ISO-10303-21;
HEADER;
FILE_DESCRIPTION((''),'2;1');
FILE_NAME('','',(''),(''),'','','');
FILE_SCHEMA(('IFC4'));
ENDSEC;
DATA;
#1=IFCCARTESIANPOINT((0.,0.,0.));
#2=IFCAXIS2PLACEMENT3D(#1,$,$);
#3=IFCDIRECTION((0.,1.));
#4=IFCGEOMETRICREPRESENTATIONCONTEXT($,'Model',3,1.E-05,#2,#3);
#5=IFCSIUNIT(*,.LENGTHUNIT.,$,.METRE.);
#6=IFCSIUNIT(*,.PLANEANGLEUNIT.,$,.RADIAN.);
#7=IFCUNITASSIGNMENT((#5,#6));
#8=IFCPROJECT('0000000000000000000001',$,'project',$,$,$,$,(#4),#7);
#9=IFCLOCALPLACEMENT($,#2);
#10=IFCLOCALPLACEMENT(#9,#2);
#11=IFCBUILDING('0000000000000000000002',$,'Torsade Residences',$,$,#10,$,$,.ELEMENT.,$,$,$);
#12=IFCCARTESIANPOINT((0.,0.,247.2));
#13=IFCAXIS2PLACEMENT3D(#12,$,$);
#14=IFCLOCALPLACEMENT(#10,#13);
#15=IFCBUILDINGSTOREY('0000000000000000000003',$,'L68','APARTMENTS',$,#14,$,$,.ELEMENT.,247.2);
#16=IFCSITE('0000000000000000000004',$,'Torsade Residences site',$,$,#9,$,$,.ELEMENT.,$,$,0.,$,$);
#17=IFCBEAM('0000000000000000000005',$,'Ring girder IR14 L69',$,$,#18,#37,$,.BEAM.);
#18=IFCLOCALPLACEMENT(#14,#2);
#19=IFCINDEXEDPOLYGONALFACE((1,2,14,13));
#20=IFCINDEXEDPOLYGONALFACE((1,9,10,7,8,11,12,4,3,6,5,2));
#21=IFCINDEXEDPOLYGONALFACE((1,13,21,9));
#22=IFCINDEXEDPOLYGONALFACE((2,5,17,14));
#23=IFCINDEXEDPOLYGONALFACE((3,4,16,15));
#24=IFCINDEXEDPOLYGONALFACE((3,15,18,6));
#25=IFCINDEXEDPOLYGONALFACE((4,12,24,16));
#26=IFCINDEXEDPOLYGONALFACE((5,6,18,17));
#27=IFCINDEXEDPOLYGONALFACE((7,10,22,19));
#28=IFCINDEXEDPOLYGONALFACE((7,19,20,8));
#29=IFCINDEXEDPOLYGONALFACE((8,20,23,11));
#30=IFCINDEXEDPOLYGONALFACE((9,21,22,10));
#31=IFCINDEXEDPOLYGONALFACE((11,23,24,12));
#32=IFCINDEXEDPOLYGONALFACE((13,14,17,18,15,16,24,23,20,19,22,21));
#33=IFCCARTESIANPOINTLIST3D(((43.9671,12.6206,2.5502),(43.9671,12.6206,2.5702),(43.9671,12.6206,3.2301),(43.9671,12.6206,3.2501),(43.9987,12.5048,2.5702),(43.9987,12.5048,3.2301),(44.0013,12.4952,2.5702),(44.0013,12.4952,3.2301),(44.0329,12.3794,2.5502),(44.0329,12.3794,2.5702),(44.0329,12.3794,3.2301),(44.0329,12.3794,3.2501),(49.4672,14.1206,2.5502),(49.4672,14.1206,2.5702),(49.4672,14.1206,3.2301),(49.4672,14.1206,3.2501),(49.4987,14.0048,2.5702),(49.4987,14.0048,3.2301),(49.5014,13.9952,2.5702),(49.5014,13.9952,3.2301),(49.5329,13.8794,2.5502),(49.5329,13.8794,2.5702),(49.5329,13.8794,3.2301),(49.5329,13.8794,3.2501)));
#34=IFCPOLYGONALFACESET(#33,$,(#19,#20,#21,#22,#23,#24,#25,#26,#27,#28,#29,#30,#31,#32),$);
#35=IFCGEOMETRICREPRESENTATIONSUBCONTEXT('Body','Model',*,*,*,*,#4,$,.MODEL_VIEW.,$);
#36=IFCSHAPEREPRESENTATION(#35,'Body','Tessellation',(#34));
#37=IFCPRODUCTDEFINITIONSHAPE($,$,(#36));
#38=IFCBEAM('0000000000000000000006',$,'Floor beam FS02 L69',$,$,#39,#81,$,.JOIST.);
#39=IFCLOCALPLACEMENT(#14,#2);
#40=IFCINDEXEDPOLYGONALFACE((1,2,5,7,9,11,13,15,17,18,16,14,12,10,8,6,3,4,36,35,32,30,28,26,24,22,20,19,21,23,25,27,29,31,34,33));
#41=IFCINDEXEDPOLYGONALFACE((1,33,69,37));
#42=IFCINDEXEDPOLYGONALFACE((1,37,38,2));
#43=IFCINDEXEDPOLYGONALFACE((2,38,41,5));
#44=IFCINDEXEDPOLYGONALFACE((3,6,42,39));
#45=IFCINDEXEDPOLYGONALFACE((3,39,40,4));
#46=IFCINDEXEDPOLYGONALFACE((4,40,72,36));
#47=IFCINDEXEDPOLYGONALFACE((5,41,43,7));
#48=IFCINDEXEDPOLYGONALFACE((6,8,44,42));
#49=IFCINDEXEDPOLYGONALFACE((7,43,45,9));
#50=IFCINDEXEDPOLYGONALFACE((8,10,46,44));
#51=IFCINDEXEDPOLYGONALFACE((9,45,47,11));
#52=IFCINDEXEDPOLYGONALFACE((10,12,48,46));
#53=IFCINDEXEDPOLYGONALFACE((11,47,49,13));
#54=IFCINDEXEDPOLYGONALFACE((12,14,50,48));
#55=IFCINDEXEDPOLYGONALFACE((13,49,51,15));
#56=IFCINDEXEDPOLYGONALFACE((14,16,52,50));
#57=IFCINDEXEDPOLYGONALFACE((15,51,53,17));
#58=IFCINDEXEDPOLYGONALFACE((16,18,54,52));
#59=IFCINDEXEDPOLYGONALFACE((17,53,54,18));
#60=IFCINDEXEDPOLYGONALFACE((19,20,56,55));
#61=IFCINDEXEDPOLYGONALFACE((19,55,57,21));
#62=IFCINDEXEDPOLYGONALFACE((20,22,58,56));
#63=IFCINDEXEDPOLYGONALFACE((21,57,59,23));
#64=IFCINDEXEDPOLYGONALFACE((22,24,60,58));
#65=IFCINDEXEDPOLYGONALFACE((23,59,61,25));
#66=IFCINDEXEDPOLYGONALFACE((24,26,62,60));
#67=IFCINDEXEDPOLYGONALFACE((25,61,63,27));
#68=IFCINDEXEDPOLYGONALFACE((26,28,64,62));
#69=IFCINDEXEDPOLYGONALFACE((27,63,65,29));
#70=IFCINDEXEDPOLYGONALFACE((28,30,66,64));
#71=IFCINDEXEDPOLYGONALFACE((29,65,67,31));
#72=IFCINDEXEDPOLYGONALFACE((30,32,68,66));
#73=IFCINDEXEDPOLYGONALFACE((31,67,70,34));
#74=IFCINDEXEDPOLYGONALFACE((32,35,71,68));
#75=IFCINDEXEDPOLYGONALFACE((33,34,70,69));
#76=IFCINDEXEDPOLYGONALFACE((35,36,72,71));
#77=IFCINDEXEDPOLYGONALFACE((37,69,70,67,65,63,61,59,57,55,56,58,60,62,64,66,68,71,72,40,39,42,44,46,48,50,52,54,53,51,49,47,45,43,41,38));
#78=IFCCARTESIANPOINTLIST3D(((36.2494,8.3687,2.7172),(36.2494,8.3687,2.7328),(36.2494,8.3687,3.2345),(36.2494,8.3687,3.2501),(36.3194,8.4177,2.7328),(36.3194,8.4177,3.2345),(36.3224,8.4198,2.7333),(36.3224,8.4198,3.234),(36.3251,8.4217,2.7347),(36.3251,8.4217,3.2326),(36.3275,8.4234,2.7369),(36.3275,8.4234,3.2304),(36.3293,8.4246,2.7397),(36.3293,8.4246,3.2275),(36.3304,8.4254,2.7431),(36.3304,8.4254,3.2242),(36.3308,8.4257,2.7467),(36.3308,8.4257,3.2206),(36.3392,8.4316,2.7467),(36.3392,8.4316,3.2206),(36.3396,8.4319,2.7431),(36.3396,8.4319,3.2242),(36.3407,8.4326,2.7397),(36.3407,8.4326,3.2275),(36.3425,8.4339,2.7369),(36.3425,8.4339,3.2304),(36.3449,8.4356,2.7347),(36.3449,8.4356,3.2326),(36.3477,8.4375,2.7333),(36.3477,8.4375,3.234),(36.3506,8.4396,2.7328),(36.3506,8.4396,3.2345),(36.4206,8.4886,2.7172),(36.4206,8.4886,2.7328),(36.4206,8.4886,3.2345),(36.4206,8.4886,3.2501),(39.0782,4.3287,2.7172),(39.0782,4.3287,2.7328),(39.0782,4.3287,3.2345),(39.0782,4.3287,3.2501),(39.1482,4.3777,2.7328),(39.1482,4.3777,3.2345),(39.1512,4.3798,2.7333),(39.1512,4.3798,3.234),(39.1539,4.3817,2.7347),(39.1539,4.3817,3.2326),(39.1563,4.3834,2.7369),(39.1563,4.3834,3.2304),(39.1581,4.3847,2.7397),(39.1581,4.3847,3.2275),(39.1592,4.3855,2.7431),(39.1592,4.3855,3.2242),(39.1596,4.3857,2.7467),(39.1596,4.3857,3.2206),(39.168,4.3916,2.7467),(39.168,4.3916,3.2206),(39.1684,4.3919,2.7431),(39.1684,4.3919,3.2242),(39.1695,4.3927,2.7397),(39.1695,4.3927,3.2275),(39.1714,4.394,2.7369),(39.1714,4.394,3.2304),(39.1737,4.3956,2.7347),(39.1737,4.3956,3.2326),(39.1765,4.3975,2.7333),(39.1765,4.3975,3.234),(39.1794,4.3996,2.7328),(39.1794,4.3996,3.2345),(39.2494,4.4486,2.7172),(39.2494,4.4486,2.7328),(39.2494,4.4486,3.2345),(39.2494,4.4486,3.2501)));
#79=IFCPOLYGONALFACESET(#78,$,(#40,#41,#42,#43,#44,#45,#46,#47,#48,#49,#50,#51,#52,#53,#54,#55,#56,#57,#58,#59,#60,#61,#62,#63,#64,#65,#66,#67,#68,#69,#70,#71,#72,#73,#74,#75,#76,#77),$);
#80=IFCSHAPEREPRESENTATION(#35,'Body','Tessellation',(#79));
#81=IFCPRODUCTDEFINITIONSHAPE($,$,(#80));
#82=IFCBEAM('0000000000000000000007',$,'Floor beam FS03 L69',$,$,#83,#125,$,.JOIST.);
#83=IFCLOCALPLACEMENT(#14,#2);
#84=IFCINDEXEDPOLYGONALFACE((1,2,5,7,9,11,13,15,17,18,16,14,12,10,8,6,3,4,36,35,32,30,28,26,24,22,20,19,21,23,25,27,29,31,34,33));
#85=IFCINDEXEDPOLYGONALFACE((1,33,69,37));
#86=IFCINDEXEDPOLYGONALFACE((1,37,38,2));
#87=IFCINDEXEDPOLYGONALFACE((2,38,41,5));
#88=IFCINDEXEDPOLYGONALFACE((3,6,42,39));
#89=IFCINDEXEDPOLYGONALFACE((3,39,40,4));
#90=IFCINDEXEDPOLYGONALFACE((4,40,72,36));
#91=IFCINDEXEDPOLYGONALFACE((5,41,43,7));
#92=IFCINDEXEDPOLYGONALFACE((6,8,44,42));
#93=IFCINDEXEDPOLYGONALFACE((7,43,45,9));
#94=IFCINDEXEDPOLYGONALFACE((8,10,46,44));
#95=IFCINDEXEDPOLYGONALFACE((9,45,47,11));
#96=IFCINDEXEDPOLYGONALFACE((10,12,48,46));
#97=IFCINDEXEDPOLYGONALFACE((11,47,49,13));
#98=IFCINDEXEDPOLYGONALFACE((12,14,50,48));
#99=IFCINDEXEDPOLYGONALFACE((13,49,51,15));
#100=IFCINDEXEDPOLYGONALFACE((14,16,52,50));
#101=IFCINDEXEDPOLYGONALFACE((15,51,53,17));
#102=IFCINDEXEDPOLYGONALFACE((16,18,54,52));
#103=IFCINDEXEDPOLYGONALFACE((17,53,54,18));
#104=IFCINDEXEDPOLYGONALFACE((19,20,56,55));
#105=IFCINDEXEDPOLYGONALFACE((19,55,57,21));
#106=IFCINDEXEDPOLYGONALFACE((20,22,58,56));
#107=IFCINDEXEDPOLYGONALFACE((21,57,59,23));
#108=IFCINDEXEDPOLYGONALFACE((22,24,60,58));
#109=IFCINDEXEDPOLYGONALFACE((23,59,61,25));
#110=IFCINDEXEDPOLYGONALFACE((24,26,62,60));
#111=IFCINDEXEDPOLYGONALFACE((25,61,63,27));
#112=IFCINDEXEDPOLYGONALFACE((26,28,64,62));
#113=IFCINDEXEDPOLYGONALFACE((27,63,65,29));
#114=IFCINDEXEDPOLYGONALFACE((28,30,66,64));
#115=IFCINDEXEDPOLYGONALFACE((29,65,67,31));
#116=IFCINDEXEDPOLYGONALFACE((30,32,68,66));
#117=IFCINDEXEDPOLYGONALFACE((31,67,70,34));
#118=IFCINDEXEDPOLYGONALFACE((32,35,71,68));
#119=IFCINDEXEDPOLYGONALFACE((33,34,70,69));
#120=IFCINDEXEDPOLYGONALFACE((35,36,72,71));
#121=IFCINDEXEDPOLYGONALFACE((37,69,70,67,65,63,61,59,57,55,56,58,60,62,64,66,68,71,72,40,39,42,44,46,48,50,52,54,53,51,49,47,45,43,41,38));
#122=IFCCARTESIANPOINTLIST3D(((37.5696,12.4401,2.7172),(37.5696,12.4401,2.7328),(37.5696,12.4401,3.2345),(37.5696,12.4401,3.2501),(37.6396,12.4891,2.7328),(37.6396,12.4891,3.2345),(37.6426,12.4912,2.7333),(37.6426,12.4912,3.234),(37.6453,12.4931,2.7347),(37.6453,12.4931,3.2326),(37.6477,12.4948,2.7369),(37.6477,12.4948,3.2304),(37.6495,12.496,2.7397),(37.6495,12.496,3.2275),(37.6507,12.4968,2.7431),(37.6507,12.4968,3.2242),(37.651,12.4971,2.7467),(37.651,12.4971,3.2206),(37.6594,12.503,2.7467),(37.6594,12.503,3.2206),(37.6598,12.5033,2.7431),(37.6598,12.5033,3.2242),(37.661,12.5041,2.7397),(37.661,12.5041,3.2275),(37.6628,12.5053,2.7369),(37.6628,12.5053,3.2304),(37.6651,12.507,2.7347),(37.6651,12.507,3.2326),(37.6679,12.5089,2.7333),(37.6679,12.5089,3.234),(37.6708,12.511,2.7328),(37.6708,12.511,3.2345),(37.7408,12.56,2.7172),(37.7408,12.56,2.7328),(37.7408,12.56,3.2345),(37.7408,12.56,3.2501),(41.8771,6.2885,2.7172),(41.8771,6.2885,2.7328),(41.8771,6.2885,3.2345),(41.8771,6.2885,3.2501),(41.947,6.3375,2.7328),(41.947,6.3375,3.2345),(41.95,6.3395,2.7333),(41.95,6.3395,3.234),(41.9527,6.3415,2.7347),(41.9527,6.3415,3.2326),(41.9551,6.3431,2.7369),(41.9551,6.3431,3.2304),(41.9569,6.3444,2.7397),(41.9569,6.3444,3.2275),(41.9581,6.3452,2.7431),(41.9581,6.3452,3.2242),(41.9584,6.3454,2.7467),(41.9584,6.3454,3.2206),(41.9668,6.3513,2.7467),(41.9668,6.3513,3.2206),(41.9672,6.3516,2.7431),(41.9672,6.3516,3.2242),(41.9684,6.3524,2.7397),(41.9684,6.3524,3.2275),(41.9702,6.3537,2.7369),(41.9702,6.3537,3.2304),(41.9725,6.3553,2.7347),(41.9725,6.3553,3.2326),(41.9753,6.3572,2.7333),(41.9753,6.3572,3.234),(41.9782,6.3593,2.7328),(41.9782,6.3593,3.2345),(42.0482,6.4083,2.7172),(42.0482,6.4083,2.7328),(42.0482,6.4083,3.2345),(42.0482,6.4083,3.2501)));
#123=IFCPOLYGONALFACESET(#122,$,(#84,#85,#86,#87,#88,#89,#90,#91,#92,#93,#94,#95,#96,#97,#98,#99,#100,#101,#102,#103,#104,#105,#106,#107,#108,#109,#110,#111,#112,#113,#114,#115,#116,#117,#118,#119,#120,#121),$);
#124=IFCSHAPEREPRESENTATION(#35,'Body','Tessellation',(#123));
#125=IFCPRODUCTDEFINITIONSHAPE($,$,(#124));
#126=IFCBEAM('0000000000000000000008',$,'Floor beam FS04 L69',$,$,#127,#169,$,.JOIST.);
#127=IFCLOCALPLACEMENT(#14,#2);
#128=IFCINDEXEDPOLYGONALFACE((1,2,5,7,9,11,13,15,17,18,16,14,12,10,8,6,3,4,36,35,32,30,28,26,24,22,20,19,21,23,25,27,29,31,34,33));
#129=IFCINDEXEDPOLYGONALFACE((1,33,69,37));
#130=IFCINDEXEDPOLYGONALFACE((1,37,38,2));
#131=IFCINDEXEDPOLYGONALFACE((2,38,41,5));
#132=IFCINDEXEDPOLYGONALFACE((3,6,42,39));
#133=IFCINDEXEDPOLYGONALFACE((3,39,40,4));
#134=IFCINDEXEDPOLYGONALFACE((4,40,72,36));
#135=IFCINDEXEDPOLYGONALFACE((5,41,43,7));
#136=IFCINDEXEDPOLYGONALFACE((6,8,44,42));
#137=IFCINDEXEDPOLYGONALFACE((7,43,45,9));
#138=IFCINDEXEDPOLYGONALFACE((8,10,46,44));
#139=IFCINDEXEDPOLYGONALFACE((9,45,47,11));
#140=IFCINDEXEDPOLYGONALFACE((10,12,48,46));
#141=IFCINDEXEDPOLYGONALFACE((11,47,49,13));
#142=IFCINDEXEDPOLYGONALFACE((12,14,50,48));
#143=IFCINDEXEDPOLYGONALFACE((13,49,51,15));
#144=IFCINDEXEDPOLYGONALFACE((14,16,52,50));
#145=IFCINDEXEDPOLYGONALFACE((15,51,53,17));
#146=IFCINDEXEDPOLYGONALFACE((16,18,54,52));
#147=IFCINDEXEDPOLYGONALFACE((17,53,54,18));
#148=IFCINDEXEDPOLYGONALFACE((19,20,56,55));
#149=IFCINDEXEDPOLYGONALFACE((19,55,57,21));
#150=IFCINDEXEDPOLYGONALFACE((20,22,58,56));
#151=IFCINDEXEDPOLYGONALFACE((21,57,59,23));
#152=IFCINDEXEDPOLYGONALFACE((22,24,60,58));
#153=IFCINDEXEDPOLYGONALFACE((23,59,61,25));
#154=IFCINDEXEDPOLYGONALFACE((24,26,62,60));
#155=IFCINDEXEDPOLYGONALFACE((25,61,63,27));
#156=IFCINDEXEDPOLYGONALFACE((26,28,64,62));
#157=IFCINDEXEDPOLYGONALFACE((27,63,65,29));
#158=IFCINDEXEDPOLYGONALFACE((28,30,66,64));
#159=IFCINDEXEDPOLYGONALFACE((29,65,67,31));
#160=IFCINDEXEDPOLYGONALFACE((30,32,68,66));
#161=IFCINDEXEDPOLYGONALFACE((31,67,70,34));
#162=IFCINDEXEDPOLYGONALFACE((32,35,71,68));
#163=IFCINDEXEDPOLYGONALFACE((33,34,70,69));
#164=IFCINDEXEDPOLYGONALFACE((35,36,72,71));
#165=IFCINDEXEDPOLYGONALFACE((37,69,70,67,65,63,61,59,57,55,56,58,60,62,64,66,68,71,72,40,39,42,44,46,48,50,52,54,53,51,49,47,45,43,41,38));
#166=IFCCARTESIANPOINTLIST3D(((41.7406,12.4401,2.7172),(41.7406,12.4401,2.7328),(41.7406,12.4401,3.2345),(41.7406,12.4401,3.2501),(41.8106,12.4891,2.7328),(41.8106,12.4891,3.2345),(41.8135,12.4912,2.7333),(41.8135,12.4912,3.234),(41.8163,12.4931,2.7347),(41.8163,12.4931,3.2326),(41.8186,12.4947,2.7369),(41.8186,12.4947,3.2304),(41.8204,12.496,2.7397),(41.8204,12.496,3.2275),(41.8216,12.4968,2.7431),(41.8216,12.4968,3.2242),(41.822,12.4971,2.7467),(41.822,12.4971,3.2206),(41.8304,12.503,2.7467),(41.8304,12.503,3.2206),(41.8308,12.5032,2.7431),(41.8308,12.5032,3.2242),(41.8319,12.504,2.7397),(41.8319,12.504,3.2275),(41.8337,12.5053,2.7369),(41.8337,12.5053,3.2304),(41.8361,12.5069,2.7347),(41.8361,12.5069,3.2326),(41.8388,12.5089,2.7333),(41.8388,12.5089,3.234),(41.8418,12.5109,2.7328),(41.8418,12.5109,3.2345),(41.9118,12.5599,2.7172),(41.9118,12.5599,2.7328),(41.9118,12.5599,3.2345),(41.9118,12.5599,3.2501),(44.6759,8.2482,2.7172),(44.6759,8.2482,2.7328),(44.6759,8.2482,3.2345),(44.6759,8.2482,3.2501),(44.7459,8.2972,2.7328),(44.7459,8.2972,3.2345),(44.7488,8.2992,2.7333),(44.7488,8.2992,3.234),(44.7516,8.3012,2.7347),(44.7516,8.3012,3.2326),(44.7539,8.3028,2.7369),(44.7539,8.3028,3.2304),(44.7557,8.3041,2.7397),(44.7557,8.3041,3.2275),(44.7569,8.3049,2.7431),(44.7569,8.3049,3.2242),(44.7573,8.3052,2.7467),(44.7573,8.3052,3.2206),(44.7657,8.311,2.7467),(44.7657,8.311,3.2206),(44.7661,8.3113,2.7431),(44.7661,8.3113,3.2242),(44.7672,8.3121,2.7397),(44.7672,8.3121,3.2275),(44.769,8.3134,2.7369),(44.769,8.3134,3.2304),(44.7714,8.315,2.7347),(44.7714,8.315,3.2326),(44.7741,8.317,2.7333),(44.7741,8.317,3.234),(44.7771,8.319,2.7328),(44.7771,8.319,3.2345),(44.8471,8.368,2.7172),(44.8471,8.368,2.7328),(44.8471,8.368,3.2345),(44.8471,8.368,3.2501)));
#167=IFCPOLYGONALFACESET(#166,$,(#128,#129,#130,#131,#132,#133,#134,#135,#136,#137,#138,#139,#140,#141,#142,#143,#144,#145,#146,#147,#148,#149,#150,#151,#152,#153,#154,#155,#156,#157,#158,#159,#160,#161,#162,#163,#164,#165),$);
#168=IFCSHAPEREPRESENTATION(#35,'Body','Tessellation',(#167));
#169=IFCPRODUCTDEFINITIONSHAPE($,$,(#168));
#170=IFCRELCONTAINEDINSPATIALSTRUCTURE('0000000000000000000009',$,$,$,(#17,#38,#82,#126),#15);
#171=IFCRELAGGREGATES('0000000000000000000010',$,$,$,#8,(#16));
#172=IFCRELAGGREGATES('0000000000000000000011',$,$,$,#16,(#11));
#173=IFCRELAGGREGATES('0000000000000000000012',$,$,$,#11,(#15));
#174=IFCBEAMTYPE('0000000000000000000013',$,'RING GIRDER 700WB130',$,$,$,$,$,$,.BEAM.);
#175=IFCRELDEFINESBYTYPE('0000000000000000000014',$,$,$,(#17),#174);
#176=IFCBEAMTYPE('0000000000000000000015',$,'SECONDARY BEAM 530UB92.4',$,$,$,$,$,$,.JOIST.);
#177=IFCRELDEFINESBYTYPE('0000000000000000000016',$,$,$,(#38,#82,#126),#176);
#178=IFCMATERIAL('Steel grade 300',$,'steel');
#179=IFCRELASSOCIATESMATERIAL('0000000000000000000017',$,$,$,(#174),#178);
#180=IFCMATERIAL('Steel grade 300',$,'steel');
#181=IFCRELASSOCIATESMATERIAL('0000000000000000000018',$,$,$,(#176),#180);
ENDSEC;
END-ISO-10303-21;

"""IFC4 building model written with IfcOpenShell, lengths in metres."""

from ifc_helpers import new_model, si_unit, direction, frame, origin, origin_2d, place, context, subcontext, project, spatial, i_section, extrude, material, material_profile, profile_set, type_object, element, save


model = new_model("IFC4")

# Units and contexts
model_context = context("Model", 3, precision=1e-05, world=origin(), true_north=direction((0.0, 1.0)))
body_context = subcontext(model_context, "Body", "Model", "MODEL_VIEW")
ifc_project = project(units=[si_unit("LENGTHUNIT", "METRE"), si_unit("PLANEANGLEUNIT", "RADIAN")], contexts=[model_context])

# Site, building, storey
site_placement = place(None, origin())
site = spatial("IfcSite", under=ifc_project, at=site_placement, Name="Torsade Residences site", CompositionType="ELEMENT", RefElevation=0.0)
building_placement = place(site_placement, origin())
building = spatial("IfcBuilding", under=site, at=building_placement, Name="Torsade Residences", CompositionType="ELEMENT")
storey_placement = place(building_placement, frame((0.0, 0.0, 247.2)))
storey = spatial("IfcBuildingStorey", under=building, at=storey_placement, Name="L68", Description="APARTMENTS", CompositionType="ELEMENT", Elevation=247.2)

# Beams
ifc_material_1 = material(Name="Steel grade 300", Category="steel")
ifc_material_profile_1 = material_profile(ifc_material_1, i_section(OverallWidth=0.25, OverallDepth=0.7, WebThickness=0.01, FlangeThickness=0.02, at=origin_2d()), Name="700WB130")
ifc_profile_set_1 = profile_set([ifc_material_profile_1], Name="Steel grade 300")
beam_type_1 = type_object("IfcBeamType", Name="RING GIRDER 700WB130", PredefinedType="BEAM", material=ifc_profile_set_1)
beam_1_placement = place(storey_placement, frame((44.0, 12.5, 2.9001), z_axis=(0.964764, 0.263117, 0.0), x_axis=(-0.263117, 0.964764, 0.0)))
element("IfcBeam", 1, at=beam_1_placement, inside=storey, type_object=beam_type_1, Name="Ring girder IR14 L69", PredefinedType="BEAM", context=body_context, shape_type="SweptSolid", body=[
    extrude(i_section(OverallWidth=0.25, OverallDepth=0.7, WebThickness=0.01, FlangeThickness=0.02, at=origin_2d()), origin(), (0.0, 0.0, 1.0), 5.7009),
])
ifc_material_2 = material(Name="Steel grade 300", Category="steel")
ifc_material_profile_2 = material_profile(ifc_material_2, i_section(OverallWidth=0.209, OverallDepth=0.533, WebThickness=0.0103, FlangeThickness=0.0156, FilletRadius=0.0139, at=origin_2d()), Name="530UB92.4")
ifc_profile_set_2 = profile_set([ifc_material_profile_2], Name="Steel grade 300")
beam_type_2 = type_object("IfcBeamType", Name="SECONDARY BEAM 530UB92.4", PredefinedType="JOIST", material=ifc_profile_set_2)
beam_2_placement = place(storey_placement, frame((39.1638, 4.3887, 2.9836), z_axis=(-0.573575, 0.819153, 0.0), x_axis=(-0.819153, -0.573575, 0.0)))
element("IfcBeam", 2, at=beam_2_placement, inside=storey, type_object=beam_type_2, Name="Floor beam FS02 L69", PredefinedType="JOIST", context=body_context, shape_type="SweptSolid", body=[
    extrude(i_section(OverallWidth=0.209, OverallDepth=0.533, WebThickness=0.0103, FlangeThickness=0.0156, FilletRadius=0.0139, at=origin_2d()), origin(), (0.0, 0.0, 1.0), 4.9319),
])
beam_3_placement = place(storey_placement, frame((41.9626, 6.3484, 2.9836), z_axis=(-0.573574, 0.819154, 0.0), x_axis=(-0.819154, -0.573574, 0.0)))
element("IfcBeam", 3, at=beam_3_placement, inside=storey, type_object=beam_type_2, Name="Floor beam FS03 L69", PredefinedType="JOIST", context=body_context, shape_type="SweptSolid", body=[
    extrude(i_section(OverallWidth=0.209, OverallDepth=0.533, WebThickness=0.0103, FlangeThickness=0.0156, FilletRadius=0.0139, at=origin_2d()), origin(), (0.0, 0.0, 1.0), 7.5098),
])
beam_4_placement = place(storey_placement, frame((44.7615, 8.3081, 2.9836), z_axis=(-0.57359, 0.819142, 0.0), x_axis=(-0.819142, -0.57359, 0.0)))
element("IfcBeam", 4, at=beam_4_placement, inside=storey, type_object=beam_type_2, Name="Floor beam FS04 L69", PredefinedType="JOIST", context=body_context, shape_type="SweptSolid", body=[
    extrude(i_section(OverallWidth=0.209, OverallDepth=0.533, WebThickness=0.0103, FlangeThickness=0.0156, FilletRadius=0.0139, at=origin_2d()), origin(), (0.0, 0.0, 1.0), 5.1174),
])

save(model, "model.ifc")
